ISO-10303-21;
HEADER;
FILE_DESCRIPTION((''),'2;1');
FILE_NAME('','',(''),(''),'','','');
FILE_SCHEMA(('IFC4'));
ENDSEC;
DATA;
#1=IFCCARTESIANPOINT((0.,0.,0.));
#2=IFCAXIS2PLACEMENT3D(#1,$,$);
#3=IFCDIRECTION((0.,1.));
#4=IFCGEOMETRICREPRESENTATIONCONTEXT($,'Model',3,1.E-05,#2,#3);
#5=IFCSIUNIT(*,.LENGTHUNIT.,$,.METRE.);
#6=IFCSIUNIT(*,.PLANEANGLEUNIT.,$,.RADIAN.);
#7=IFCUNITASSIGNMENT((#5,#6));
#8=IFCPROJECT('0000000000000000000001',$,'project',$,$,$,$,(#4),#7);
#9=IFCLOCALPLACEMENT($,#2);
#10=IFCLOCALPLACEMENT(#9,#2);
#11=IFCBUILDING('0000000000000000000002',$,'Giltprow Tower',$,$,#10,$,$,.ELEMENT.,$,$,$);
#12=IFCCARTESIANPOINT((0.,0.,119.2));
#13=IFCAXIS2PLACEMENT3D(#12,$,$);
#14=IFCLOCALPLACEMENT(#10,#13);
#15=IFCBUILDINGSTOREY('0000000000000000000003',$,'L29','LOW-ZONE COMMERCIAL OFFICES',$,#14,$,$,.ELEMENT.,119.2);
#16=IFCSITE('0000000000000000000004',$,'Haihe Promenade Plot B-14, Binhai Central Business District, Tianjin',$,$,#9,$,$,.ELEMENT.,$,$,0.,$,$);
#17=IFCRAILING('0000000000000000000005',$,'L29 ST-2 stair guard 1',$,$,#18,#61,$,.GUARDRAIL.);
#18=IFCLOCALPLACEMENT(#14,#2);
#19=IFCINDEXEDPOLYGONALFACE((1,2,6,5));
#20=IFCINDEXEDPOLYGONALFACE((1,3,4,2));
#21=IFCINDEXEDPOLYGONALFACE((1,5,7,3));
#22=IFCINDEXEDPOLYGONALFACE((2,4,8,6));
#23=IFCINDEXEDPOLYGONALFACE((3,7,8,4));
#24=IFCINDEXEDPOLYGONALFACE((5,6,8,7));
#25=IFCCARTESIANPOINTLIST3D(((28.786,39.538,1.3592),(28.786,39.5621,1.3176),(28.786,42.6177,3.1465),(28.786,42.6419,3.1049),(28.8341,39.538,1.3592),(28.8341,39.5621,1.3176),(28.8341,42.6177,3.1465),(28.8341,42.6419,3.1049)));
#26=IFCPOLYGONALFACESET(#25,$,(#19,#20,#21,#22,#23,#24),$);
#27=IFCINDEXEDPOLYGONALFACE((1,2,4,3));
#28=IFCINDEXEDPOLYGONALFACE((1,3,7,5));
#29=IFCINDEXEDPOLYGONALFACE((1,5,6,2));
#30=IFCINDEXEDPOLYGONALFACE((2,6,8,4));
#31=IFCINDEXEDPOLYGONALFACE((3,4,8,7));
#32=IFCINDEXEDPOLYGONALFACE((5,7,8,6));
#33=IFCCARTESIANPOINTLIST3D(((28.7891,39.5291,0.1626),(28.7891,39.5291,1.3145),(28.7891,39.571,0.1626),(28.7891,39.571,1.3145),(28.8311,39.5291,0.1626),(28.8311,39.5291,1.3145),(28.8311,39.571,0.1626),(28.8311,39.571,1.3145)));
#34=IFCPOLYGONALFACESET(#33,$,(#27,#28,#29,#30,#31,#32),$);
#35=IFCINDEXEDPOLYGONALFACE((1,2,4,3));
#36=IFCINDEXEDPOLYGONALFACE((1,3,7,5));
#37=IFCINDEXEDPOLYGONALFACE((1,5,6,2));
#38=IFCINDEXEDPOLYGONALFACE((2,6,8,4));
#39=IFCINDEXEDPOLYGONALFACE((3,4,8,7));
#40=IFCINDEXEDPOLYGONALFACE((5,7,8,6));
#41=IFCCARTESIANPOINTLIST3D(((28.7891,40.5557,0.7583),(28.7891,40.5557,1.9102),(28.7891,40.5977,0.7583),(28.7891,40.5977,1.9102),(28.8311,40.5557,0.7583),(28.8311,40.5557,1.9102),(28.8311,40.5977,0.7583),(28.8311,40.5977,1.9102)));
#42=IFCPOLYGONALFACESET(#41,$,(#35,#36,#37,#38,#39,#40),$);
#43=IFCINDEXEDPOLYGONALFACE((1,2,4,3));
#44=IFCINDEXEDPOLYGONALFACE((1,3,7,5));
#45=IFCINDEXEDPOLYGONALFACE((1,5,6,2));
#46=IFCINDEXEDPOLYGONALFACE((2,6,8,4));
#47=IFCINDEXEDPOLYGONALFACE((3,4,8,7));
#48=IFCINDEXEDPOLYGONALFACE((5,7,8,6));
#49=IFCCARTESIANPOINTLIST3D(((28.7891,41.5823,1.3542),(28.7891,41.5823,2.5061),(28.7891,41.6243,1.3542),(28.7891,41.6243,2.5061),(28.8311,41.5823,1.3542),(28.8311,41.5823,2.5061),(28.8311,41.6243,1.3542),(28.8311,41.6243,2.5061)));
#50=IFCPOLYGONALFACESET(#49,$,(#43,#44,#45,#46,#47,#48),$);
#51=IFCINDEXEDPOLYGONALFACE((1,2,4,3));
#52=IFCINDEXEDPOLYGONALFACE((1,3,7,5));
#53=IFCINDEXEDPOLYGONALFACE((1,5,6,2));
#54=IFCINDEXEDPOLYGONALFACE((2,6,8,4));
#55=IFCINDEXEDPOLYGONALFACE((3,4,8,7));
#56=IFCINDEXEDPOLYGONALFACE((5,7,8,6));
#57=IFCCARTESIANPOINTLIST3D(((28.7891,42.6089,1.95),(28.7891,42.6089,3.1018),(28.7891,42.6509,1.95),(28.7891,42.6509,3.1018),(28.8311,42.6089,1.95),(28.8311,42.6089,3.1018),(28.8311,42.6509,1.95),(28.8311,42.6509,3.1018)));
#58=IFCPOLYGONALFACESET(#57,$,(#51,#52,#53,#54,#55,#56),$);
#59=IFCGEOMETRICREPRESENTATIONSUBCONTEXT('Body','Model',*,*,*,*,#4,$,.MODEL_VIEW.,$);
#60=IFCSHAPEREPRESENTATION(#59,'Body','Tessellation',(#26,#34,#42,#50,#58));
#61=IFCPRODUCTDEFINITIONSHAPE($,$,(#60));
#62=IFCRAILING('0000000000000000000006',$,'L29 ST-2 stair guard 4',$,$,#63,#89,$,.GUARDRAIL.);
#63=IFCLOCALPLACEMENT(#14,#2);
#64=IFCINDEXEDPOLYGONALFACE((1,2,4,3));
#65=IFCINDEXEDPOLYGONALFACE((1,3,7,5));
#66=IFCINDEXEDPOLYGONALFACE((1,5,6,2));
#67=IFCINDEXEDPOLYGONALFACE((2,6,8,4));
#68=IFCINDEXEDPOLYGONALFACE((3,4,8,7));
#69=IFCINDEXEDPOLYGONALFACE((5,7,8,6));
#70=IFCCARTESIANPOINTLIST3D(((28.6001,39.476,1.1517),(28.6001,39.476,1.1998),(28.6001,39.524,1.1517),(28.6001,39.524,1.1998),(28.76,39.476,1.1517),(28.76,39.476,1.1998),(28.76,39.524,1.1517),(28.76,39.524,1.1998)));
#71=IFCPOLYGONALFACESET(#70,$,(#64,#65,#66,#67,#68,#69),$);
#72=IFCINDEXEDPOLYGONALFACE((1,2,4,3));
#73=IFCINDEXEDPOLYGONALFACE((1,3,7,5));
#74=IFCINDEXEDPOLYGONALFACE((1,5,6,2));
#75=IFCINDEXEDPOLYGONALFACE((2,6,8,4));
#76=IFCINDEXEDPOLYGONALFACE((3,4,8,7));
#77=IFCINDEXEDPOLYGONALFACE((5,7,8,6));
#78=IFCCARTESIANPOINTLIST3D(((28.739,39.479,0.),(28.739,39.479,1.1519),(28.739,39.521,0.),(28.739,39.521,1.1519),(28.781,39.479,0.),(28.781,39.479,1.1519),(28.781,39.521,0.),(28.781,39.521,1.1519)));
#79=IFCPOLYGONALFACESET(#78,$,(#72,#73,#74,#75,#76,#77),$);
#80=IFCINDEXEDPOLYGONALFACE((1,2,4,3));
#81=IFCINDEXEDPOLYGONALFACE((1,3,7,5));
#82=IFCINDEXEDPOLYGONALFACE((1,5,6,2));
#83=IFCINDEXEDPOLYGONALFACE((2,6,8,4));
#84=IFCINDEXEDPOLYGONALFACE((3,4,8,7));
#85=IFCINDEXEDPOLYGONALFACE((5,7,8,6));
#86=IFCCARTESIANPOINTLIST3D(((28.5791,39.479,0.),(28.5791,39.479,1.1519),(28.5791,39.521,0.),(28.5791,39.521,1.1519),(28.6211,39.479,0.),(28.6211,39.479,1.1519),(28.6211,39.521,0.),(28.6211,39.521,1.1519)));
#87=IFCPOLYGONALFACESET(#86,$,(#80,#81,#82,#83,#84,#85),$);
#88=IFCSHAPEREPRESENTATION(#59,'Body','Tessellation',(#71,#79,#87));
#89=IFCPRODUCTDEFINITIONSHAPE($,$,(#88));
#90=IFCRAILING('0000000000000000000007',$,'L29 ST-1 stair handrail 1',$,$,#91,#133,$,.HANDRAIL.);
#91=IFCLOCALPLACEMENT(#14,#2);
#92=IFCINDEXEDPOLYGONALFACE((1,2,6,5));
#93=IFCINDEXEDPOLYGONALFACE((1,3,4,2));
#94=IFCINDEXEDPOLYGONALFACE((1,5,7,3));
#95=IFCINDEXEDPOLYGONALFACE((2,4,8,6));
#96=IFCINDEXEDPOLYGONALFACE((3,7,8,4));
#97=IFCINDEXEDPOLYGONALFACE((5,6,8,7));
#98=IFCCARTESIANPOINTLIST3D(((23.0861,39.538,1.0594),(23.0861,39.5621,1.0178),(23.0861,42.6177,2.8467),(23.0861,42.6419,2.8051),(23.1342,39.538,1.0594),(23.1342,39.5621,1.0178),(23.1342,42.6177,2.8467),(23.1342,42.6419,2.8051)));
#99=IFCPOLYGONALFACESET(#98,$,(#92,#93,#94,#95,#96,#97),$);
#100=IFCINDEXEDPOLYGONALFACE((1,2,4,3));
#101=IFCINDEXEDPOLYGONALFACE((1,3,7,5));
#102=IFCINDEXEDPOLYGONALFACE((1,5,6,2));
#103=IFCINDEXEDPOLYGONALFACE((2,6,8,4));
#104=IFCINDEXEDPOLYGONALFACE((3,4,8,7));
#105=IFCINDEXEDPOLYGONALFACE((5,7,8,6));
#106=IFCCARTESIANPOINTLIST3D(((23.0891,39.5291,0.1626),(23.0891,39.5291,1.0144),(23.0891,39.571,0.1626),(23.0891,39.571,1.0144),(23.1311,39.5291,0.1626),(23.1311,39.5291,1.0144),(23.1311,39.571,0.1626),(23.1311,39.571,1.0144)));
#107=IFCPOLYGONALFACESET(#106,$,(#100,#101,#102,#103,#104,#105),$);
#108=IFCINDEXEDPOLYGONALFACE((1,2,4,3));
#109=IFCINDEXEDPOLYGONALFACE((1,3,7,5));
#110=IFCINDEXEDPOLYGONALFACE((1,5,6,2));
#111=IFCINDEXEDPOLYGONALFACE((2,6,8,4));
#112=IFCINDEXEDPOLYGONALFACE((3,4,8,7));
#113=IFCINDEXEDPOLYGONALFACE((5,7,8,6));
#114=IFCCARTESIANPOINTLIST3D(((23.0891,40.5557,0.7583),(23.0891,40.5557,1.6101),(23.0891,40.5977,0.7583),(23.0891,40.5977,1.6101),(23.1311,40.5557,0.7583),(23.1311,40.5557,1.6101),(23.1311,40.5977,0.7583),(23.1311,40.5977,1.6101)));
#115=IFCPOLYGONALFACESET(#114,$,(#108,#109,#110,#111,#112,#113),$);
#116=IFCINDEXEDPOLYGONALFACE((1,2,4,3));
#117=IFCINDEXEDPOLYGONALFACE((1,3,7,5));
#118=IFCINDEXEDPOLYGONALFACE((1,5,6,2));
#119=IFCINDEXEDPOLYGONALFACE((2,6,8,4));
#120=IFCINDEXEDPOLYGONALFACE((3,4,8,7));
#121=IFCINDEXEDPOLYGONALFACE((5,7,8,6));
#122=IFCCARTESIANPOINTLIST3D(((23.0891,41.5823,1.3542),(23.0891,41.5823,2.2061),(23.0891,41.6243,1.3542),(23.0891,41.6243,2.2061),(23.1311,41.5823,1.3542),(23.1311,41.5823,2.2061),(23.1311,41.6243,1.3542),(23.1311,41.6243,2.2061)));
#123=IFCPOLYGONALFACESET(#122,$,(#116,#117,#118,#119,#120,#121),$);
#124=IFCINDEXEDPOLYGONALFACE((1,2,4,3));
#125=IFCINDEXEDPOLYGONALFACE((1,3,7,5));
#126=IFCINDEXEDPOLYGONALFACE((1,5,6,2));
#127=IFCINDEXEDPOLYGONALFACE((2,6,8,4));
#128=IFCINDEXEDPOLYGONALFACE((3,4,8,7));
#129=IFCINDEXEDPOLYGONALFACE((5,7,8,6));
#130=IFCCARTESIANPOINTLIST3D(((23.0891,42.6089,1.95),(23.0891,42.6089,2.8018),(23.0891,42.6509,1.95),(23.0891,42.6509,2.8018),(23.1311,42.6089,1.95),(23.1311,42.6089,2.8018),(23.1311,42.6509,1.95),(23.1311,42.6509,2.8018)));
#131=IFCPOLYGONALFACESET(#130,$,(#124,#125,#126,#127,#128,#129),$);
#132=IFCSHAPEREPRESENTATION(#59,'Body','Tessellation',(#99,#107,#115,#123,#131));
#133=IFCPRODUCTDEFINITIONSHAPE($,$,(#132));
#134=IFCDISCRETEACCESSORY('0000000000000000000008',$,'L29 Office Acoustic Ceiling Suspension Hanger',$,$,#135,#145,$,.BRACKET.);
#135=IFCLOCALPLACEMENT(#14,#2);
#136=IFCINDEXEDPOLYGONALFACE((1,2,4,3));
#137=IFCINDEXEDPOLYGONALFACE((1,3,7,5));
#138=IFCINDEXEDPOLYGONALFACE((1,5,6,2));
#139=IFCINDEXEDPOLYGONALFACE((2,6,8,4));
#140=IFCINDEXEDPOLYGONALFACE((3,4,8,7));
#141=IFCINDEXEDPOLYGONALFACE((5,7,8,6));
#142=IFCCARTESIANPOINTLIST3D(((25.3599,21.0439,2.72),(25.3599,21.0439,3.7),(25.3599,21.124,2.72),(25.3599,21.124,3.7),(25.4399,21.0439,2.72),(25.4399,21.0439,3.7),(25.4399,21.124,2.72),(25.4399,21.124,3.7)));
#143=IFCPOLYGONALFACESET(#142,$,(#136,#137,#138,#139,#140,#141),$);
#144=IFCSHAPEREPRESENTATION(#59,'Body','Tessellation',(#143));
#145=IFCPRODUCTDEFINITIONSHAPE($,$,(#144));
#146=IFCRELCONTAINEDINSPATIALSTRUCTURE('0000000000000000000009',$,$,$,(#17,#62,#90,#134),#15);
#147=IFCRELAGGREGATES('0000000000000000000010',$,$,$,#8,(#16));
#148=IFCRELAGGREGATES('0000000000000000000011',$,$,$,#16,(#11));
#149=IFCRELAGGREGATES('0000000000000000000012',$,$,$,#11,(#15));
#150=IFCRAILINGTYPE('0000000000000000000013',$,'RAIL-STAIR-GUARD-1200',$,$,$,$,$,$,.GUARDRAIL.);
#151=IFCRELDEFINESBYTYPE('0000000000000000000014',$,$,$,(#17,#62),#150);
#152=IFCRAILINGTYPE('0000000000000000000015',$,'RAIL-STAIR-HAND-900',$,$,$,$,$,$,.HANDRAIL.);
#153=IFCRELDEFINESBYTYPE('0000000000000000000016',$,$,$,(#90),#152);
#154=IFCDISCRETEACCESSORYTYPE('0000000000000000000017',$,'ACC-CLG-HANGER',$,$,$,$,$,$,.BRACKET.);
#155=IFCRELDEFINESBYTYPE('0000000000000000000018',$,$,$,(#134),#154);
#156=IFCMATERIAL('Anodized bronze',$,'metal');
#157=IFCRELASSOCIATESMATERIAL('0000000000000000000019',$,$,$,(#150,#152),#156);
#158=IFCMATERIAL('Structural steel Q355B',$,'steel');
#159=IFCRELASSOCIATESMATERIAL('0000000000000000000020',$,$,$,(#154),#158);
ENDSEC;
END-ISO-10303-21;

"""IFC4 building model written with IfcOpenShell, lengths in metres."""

from ifc_helpers import new_model, si_unit, direction, frame, origin, origin_2d, place, context, subcontext, project, spatial, rectangle, extrude, source, transform, mapped, material, type_object, element, save


model = new_model("IFC4")

# Units and contexts
model_context = context("Model", 3, precision=1e-05, world=origin(), true_north=direction((0.0, 1.0)))
body_context = subcontext(model_context, "Body", "Model", "MODEL_VIEW")
ifc_project = project(units=[si_unit("LENGTHUNIT", "METRE"), si_unit("PLANEANGLEUNIT", "RADIAN")], contexts=[model_context])

# Site, building, storey
site_placement = place(None, origin())
site = spatial("IfcSite", under=ifc_project, at=site_placement, Name="Haihe Promenade Plot B-14, Binhai Central Business District, Tianjin", CompositionType="ELEMENT", RefElevation=0.0)
building_placement = place(site_placement, origin())
building = spatial("IfcBuilding", under=site, at=building_placement, Name="Giltprow Tower", CompositionType="ELEMENT")
storey_placement = place(building_placement, frame((0.0, 0.0, 119.2)))
storey = spatial("IfcBuildingStorey", under=building, at=storey_placement, Name="L29", Description="LOW-ZONE COMMERCIAL OFFICES", CompositionType="ELEMENT", Elevation=119.2)

# Shared definitions
ifc_material_1 = material(Name="Structural steel Q355B", Category="steel")

# Railings
ifc_material_2 = material(Name="Anodized bronze", Category="metal")
railing_type_1 = type_object("IfcRailingType", Name="RAIL-STAIR-GUARD-1200", PredefinedType="GUARDRAIL", material=ifc_material_2)
railing_1_placement = place(storey_placement, frame((28.8101, 39.55, 0.1626)))
element("IfcRailing", 1, at=railing_1_placement, inside=storey, type_object=railing_type_1, Name="L29 ST-2 stair guard 1", PredefinedType="GUARDRAIL", context=body_context, shape_type="SweptSolid", body=[
    extrude(rectangle(XDim=0.0481, YDim=0.0481, at=origin_2d()), frame((0.0, 0.0, 1.1758), z_axis=(0.0, 0.864903, 0.501939), x_axis=(-1.0, 0.0, 0.0)), (0.0, 0.0, 1.0), 3.5608),
    extrude(rectangle(XDim=0.042, YDim=0.042, at=origin_2d()), origin(), (0.0, 0.0, 1.0), 1.1519),
    extrude(rectangle(XDim=0.042, YDim=0.042, at=origin_2d()), frame((0.0, 1.0266, 0.5957)), (0.0, 0.0, 1.0), 1.1519),
    extrude(rectangle(XDim=0.042, YDim=0.042, at=origin_2d()), frame((0.0, 2.0532, 1.1917)), (0.0, 0.0, 1.0), 1.1519),
    extrude(rectangle(XDim=0.042, YDim=0.042, at=origin_2d()), frame((0.0, 3.0798, 1.7874)), (0.0, 0.0, 1.0), 1.1519),
])
railing_2_placement = place(storey_placement, frame((28.76, 39.5, 0.0)))
element("IfcRailing", 2, at=railing_2_placement, inside=storey, type_object=railing_type_1, Name="L29 ST-2 stair guard 4", PredefinedType="GUARDRAIL", context=body_context, shape_type="SweptSolid", body=[
    extrude(rectangle(XDim=0.0481, YDim=0.0481, at=origin_2d()), frame((0.0, 0.0, 1.1758), z_axis=(-1.0, 0.0, 0.0), x_axis=(0.0, -1.0, 0.0)), (0.0, 0.0, 1.0), 0.1599),
    extrude(rectangle(XDim=0.042, YDim=0.042, at=origin_2d()), origin(), (0.0, 0.0, 1.0), 1.1519),
    extrude(rectangle(XDim=0.042, YDim=0.042, at=origin_2d()), frame((-0.1599, 0.0, 0.0)), (0.0, 0.0, 1.0), 1.1519),
])
railing_type_2 = type_object("IfcRailingType", Name="RAIL-STAIR-HAND-900", PredefinedType="HANDRAIL", material=ifc_material_2)
railing_3_placement = place(storey_placement, frame((23.1101, 39.55, 0.1626)))
element("IfcRailing", 3, at=railing_3_placement, inside=storey, type_object=railing_type_2, Name="L29 ST-1 stair handrail 1", PredefinedType="HANDRAIL", context=body_context, shape_type="SweptSolid", body=[
    extrude(rectangle(XDim=0.0481, YDim=0.0481, at=origin_2d()), frame((0.0, 0.0, 0.876), z_axis=(0.0, 0.864903, 0.501939), x_axis=(-1.0, 0.0, 0.0)), (0.0, 0.0, 1.0), 3.5608),
    extrude(rectangle(XDim=0.042, YDim=0.042, at=origin_2d()), origin(), (0.0, 0.0, 1.0), 0.8518),
    extrude(rectangle(XDim=0.042, YDim=0.042, at=origin_2d()), frame((0.0, 1.0266, 0.5957)), (0.0, 0.0, 1.0), 0.8518),
    extrude(rectangle(XDim=0.042, YDim=0.042, at=origin_2d()), frame((0.0, 2.0532, 1.1917)), (0.0, 0.0, 1.0), 0.8518),
    extrude(rectangle(XDim=0.042, YDim=0.042, at=origin_2d()), frame((0.0, 3.0798, 1.7874)), (0.0, 0.0, 1.0), 0.8518),
])

# Discrete accessory
discrete_accessory_type = type_object("IfcDiscreteAccessoryType", Name="ACC-CLG-HANGER", PredefinedType="BRACKET", material=ifc_material_1)
shared_shape_1 = source(origin(), body_context, "Body", "SweptSolid", [
    extrude(rectangle(XDim=0.0801, YDim=0.0801, at=origin_2d()), origin(), (0.0, 0.0, 1.0), 0.98),
])
discrete_accessory_placement = place(storey_placement, frame((25.3999, 21.084, 2.72), z_axis=(0.0, 0.0, 1.0), x_axis=(1.0, 0.0, 0.0)))
element("IfcDiscreteAccessory", 4, at=discrete_accessory_placement, inside=storey, type_object=discrete_accessory_type, Name="L29 Office Acoustic Ceiling Suspension Hanger", PredefinedType="BRACKET", context=body_context, shape_type="MappedRepresentation", body=[
    mapped(shared_shape_1, transform((0.0, 0.0, 0.0), x_axis=(1.0, 0.0, 0.0), y_axis=(0.0, 1.0, 0.0), z_axis=(0.0, 0.0, 1.0), scale=1.0)),
])

save(model, "model.ifc")
